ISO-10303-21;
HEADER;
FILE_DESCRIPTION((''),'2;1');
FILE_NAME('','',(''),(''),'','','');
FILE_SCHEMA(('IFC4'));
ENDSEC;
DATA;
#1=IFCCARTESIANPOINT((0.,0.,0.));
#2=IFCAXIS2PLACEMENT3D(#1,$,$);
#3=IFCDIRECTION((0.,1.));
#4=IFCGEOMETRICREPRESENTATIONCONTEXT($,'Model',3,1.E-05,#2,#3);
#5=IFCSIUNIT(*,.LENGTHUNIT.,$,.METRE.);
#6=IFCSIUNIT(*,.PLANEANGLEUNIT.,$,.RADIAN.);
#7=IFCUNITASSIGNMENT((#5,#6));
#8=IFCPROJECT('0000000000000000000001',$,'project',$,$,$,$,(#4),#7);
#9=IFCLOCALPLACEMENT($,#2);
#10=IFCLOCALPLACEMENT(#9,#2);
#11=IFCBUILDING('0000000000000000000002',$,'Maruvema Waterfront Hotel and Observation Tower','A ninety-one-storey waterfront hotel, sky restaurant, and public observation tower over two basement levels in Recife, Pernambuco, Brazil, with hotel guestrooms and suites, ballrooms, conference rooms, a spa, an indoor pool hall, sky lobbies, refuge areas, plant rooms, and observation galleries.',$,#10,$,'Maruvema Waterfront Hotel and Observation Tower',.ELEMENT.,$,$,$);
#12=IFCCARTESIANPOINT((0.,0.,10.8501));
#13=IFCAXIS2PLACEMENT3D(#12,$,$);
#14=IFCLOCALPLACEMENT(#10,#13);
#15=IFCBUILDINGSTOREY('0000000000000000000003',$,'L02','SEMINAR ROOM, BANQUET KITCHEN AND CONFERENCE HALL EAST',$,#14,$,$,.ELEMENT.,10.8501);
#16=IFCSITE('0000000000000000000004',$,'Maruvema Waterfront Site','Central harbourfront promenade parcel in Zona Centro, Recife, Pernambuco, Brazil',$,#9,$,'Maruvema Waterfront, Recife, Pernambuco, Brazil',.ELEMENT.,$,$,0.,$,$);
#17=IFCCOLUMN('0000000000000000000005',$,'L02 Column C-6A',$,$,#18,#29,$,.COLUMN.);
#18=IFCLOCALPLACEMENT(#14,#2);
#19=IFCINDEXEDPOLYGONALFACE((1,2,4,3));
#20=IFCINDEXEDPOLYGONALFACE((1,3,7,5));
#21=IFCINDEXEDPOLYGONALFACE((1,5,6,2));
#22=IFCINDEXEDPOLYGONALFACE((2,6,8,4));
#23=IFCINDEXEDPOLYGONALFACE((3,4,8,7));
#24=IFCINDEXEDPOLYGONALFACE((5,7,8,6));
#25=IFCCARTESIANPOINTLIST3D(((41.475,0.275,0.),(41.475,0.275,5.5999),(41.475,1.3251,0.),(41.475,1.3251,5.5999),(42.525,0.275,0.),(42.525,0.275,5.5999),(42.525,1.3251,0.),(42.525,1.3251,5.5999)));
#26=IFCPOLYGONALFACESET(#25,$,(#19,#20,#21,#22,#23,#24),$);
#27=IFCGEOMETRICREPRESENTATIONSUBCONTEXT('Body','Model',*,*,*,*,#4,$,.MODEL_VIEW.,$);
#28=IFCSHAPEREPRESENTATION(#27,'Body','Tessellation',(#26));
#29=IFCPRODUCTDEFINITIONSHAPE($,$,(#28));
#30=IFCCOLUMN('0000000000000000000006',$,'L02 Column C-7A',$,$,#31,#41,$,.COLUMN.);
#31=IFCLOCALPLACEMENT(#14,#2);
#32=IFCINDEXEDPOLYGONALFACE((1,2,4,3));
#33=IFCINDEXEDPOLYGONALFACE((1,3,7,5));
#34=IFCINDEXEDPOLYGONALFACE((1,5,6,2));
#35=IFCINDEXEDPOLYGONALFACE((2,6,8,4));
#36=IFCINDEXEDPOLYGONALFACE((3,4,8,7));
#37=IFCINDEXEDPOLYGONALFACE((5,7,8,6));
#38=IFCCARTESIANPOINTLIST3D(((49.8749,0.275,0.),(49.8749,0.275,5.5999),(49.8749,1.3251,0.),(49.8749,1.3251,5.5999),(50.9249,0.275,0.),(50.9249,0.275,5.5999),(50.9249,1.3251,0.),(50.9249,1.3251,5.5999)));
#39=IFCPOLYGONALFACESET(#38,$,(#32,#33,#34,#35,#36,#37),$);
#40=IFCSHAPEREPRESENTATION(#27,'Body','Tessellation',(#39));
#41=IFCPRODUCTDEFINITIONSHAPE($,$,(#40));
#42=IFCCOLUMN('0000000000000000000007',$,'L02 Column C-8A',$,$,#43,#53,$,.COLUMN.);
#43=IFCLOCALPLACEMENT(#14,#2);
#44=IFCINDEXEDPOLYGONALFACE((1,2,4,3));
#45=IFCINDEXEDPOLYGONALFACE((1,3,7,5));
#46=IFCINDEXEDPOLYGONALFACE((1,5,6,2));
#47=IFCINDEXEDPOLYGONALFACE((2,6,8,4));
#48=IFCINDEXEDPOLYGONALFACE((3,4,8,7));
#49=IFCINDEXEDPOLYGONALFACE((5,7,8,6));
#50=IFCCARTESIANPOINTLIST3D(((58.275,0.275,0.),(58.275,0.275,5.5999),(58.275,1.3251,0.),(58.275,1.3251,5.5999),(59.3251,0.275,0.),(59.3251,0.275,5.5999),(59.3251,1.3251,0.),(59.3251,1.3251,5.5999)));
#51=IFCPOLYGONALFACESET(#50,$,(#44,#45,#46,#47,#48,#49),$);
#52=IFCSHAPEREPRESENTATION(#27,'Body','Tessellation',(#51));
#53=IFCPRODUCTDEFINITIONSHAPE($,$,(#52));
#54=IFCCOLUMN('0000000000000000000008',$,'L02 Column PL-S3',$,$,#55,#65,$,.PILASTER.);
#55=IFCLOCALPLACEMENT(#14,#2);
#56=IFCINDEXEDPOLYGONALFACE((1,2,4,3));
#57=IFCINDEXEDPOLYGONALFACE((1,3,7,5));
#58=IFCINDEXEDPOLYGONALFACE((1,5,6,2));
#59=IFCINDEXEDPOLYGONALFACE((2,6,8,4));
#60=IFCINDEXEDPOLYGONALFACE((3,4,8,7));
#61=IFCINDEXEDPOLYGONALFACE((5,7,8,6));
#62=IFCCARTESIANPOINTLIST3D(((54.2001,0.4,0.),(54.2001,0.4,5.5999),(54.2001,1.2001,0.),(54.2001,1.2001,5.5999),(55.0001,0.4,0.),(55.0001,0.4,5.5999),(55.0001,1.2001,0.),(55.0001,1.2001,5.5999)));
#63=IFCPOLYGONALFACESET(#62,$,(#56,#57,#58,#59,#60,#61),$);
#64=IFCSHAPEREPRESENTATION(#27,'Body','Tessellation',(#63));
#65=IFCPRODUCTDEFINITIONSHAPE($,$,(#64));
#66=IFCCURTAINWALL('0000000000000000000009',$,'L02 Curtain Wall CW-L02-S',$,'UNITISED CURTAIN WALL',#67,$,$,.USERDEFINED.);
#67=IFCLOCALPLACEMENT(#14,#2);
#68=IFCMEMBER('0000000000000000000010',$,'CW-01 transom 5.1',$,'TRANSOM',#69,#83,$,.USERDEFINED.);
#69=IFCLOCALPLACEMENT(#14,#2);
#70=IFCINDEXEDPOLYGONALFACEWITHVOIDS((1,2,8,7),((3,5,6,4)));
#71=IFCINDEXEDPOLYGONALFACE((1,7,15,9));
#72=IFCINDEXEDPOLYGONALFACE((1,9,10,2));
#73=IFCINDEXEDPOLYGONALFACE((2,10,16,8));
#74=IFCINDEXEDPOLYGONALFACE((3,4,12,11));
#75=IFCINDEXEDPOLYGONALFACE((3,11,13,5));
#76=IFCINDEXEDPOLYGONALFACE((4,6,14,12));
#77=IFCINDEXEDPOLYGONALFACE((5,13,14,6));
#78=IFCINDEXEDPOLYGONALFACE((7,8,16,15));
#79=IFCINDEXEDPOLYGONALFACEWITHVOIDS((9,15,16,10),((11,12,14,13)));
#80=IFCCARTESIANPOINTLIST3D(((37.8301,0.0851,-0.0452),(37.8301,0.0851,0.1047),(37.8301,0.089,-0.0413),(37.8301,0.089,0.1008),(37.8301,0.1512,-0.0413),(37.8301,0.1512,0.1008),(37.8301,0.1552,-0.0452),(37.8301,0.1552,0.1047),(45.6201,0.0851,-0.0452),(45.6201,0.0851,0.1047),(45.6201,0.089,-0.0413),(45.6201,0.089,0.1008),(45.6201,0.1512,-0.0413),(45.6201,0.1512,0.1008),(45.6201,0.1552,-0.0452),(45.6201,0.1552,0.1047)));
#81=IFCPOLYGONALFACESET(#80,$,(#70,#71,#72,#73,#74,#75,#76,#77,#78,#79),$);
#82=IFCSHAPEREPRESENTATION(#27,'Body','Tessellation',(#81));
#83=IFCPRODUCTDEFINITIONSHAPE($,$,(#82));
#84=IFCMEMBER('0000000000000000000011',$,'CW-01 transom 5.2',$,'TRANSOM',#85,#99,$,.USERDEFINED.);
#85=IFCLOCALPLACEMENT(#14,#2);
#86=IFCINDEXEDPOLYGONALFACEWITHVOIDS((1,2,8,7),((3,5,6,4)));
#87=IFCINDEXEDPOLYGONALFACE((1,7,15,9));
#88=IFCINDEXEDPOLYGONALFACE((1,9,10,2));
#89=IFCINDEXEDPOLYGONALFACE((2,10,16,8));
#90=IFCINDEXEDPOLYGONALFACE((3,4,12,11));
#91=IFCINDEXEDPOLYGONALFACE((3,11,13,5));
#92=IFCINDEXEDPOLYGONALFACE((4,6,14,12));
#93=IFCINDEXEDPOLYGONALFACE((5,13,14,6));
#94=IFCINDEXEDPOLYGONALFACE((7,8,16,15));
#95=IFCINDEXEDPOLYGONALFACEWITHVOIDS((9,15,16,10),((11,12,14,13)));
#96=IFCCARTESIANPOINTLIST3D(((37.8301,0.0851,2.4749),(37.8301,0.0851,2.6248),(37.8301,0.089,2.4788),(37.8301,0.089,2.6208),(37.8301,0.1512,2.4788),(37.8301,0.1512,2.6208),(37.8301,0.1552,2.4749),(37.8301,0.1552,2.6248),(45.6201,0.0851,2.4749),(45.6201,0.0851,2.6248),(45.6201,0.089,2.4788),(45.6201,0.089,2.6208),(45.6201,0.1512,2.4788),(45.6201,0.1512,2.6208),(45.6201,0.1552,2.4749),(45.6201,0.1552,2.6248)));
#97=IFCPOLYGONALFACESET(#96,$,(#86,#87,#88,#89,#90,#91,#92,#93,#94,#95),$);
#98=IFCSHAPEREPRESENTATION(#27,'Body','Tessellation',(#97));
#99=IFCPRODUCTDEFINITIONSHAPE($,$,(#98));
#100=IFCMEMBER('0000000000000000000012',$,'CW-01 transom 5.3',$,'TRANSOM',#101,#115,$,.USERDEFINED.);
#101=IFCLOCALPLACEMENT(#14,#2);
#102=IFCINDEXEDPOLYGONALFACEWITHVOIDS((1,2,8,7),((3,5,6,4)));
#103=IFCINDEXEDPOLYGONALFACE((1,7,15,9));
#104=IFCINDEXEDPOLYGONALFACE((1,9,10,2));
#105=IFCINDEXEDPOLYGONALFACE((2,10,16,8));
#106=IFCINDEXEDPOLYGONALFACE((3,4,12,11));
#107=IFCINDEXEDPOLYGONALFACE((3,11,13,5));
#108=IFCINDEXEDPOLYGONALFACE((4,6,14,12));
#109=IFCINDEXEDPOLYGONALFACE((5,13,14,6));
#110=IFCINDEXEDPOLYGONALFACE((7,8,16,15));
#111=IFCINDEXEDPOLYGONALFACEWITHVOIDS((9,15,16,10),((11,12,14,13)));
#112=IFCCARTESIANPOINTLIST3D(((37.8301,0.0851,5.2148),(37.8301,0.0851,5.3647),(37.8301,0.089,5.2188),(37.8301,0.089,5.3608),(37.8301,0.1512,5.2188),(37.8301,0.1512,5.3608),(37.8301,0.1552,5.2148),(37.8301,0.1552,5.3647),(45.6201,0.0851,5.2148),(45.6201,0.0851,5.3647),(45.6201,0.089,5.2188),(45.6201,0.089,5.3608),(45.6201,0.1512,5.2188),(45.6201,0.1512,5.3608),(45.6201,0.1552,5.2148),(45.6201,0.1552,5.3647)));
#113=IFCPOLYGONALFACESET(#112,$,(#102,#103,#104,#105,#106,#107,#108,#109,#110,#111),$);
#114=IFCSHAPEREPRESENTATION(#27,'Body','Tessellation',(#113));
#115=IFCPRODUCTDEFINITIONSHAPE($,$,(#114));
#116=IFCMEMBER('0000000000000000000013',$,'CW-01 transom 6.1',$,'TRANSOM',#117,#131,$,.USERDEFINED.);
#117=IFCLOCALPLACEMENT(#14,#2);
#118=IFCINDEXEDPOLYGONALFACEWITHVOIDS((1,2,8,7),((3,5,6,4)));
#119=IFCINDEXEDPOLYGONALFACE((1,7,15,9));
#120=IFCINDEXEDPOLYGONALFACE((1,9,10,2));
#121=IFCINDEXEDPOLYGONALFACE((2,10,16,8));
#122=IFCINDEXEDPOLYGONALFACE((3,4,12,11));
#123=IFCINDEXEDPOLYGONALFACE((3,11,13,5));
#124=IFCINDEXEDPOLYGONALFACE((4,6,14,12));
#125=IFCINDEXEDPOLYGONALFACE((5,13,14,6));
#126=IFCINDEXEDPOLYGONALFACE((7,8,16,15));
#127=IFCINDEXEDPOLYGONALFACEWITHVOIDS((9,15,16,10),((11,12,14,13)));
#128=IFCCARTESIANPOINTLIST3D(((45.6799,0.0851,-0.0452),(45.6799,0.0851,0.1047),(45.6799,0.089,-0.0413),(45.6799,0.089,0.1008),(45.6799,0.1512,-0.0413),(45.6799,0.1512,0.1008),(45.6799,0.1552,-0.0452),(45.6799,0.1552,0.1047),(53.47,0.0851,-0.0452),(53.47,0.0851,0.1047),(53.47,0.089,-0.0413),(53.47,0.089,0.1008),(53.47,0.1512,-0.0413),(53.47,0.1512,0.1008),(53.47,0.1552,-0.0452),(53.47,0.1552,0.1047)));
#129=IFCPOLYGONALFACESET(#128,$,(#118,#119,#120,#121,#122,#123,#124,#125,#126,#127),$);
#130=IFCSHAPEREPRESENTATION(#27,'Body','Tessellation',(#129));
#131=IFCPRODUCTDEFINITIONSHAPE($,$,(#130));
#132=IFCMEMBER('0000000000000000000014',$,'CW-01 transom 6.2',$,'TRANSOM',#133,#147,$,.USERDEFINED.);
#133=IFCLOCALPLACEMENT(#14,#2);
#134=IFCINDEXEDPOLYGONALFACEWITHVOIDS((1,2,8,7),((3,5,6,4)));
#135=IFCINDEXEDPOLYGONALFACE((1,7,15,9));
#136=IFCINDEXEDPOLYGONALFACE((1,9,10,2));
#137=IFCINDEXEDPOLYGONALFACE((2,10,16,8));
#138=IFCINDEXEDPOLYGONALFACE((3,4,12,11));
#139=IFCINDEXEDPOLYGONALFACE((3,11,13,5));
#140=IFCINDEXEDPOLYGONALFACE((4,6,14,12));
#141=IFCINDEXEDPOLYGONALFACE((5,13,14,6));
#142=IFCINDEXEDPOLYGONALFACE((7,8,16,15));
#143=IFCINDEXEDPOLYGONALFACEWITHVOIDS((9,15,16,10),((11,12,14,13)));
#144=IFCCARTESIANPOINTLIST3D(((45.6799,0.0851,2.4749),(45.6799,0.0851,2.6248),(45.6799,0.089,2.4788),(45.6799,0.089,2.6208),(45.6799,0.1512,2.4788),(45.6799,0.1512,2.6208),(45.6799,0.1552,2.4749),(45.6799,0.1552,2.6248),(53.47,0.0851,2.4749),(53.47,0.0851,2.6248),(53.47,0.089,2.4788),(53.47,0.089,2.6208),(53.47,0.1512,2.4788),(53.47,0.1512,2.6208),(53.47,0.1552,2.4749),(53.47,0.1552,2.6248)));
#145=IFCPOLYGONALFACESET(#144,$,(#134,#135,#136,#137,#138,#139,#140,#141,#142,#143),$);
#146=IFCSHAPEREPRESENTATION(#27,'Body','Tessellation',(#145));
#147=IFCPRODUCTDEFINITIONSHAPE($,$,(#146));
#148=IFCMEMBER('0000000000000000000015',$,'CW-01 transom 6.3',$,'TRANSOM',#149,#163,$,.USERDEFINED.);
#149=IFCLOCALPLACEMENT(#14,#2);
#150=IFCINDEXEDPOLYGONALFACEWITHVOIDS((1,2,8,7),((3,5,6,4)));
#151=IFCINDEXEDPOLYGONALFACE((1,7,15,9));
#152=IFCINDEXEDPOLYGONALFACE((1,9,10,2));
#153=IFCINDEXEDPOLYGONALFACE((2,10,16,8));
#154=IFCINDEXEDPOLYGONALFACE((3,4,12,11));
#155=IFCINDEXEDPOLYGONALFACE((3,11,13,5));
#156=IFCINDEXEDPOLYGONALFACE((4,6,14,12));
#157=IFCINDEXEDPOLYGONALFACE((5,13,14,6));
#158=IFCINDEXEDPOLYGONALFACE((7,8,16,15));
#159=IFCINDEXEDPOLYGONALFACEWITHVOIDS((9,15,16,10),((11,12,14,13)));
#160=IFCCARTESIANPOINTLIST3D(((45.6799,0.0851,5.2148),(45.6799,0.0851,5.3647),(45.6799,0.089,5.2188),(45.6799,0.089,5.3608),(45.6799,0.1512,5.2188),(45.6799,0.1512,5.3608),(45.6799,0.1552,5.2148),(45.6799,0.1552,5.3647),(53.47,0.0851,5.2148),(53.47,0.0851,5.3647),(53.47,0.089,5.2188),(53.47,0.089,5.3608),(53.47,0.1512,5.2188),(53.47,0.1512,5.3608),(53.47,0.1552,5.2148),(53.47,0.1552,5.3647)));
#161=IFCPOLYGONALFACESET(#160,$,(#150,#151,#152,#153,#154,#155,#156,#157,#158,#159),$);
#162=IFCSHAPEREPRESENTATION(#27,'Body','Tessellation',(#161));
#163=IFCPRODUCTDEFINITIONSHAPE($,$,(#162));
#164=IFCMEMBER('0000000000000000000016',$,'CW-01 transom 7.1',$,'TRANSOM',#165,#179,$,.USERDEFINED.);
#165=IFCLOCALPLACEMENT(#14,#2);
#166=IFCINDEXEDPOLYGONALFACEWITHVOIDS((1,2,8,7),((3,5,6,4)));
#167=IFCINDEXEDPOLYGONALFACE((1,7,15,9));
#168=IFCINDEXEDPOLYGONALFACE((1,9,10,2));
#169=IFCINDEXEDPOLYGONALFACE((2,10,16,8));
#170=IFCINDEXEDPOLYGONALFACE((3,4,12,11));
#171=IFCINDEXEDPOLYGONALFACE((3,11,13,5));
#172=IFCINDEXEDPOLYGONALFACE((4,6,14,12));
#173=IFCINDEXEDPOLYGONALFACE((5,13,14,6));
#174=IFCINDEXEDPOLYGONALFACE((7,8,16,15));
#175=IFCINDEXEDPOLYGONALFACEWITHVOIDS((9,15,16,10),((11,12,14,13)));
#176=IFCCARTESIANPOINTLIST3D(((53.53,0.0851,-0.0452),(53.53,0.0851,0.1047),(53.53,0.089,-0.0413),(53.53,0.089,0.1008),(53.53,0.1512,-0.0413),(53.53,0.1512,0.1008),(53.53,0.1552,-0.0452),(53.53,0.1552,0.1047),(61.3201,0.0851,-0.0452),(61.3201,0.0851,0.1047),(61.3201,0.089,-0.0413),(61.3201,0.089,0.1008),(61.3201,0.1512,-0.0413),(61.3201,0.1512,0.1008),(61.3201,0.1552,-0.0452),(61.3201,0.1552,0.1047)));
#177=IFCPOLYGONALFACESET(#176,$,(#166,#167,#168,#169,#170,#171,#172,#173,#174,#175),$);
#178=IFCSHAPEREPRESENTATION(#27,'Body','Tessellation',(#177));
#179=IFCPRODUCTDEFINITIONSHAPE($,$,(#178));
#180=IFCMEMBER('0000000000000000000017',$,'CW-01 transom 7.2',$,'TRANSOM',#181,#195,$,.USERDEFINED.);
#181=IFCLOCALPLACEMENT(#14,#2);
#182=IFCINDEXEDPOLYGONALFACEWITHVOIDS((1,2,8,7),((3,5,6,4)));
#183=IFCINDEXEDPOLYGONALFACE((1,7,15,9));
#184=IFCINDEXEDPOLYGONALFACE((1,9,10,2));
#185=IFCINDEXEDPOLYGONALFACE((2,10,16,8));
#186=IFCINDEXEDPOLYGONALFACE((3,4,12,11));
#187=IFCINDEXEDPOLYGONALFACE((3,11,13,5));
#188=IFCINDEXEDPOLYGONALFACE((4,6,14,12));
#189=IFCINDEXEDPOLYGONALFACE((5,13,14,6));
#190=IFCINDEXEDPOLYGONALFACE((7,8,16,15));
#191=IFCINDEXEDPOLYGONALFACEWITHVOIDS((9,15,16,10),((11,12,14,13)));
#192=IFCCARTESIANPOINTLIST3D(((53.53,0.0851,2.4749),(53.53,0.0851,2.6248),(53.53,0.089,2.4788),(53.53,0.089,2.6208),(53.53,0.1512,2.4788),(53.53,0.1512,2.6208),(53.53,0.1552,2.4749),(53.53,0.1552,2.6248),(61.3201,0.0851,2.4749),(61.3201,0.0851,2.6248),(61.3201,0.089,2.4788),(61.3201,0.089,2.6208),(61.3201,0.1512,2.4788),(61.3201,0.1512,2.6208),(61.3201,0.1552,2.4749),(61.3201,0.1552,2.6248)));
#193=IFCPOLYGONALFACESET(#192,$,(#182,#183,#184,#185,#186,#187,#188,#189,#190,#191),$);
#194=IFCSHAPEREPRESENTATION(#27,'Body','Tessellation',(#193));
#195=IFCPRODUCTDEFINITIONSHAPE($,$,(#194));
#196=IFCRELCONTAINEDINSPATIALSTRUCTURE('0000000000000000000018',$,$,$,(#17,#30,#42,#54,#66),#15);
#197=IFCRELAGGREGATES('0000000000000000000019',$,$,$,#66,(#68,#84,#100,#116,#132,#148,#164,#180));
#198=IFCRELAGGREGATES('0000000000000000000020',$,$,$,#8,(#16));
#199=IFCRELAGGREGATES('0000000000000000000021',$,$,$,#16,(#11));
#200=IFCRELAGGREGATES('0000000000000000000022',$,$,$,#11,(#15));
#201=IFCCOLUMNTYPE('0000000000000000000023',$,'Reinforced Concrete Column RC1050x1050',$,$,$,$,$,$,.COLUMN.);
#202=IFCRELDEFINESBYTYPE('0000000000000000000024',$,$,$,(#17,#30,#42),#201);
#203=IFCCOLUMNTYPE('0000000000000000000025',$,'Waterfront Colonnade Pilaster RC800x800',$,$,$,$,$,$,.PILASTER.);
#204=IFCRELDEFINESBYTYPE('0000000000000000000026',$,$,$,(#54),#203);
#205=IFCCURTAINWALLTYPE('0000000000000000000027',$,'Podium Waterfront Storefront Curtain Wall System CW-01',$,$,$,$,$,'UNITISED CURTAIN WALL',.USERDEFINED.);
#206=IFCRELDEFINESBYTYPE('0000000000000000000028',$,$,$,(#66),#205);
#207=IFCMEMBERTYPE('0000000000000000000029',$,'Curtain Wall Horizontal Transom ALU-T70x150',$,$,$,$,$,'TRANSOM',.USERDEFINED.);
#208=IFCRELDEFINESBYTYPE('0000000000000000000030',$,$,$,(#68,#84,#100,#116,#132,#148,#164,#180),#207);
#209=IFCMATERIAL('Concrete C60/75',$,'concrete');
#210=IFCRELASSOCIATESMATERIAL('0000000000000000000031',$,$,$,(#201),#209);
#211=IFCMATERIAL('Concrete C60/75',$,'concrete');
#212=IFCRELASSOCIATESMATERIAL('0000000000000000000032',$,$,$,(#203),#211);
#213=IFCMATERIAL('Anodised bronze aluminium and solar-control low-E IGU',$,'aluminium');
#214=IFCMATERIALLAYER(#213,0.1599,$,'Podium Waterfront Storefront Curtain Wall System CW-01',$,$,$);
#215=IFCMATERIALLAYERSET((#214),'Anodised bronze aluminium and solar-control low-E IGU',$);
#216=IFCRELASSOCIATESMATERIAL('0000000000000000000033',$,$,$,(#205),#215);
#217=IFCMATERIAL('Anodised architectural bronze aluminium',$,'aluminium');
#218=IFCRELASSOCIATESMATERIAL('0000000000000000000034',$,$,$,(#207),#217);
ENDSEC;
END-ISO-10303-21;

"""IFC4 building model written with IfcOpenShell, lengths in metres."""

from ifc_helpers import new_model, si_unit, direction, frame, origin, origin_2d, place, context, subcontext, project, spatial, rectangle, hollow_rectangle, extrude, material, layer, layer_set, material_profile, profile_set, type_object, element, aggregate, save


model = new_model("IFC4")

# Units and contexts
model_context = context("Model", 3, precision=1e-05, world=origin(), true_north=direction((0.0, 1.0)))
body_context = subcontext(model_context, "Body", "Model", "MODEL_VIEW")
ifc_project = project(units=[si_unit("LENGTHUNIT", "METRE"), si_unit("PLANEANGLEUNIT", "RADIAN")], contexts=[model_context])

# Site, building, storey
site_placement = place(None, origin())
site = spatial("IfcSite", under=ifc_project, at=site_placement, Name="Maruvema Waterfront Site", Description="Central harbourfront promenade parcel in Zona Centro, Recife, Pernambuco, Brazil", LongName="Maruvema Waterfront, Recife, Pernambuco, Brazil", CompositionType="ELEMENT", RefElevation=0.0)
building_placement = place(site_placement, origin())
building = spatial("IfcBuilding", under=site, at=building_placement, Name="Maruvema Waterfront Hotel and Observation Tower", Description="A ninety-one-storey waterfront hotel, sky restaurant, and public observation tower over two basement levels in Recife, Pernambuco, Brazil, with hotel guestrooms and suites, ballrooms, conference rooms, a spa, an indoor pool hall, sky lobbies, refuge areas, plant rooms, and observation galleries.", LongName="Maruvema Waterfront Hotel and Observation Tower", CompositionType="ELEMENT")
storey_placement = place(building_placement, frame((0.0, 0.0, 10.8501)))
storey = spatial("IfcBuildingStorey", under=building, at=storey_placement, Name="L02", Description="SEMINAR ROOM, BANQUET KITCHEN AND CONFERENCE HALL EAST", CompositionType="ELEMENT", Elevation=10.8501)

# Columns
ifc_material_1 = material(Name="Concrete C60/75", Category="concrete")
ifc_material_profile_1 = material_profile(ifc_material_1, rectangle(XDim=1.05, YDim=1.05, at=origin_2d()), Name="RC1050x1050")
ifc_profile_set_1 = profile_set([ifc_material_profile_1], Name="Concrete C60/75")
column_type_1 = type_object("IfcColumnType", Name="Reinforced Concrete Column RC1050x1050", PredefinedType="COLUMN", material=ifc_profile_set_1)
for number, where, z_axis, x_axis, name in (
    (1, (42.0, 0.8, 0.0), (0.0, 0.0, 1.0), (1.0, 0.0, 0.0), "L02 Column C-6A"),
    (2, (50.3999, 0.8, 0.0), (0.0, 0.0, 1.0), (1.0, 0.0, 0.0), "L02 Column C-7A"),
    (3, (58.8, 0.8, 0.0), (0.0, 0.0, 1.0), (1.0, 0.0, 0.0), "L02 Column C-8A"),
):
    element("IfcColumn", number, at=place(storey_placement, frame(where, z_axis=z_axis, x_axis=x_axis)), inside=storey, type_object=column_type_1, Name=name, PredefinedType="COLUMN", context=body_context, shape_type="SweptSolid", body=[
        extrude(rectangle(XDim=1.05, YDim=1.05, at=origin_2d()), origin(), (0.0, 0.0, 1.0), 5.5999),
    ])
ifc_material_2 = material(Name="Concrete C60/75", Category="concrete")
ifc_material_profile_2 = material_profile(ifc_material_2, rectangle(XDim=0.8, YDim=0.8, at=origin_2d()), Name="RC800x800")
ifc_profile_set_2 = profile_set([ifc_material_profile_2], Name="Concrete C60/75")
column_type_2 = type_object("IfcColumnType", Name="Waterfront Colonnade Pilaster RC800x800", PredefinedType="PILASTER", material=ifc_profile_set_2)
column_placement = place(storey_placement, frame((54.6001, 0.8, 0.0), z_axis=(0.0, 0.0, 1.0), x_axis=(1.0, 0.0, 0.0)))
element("IfcColumn", 4, at=column_placement, inside=storey, type_object=column_type_2, Name="L02 Column PL-S3", PredefinedType="PILASTER", context=body_context, shape_type="SweptSolid", body=[
    extrude(rectangle(XDim=0.8, YDim=0.8, at=origin_2d()), origin(), (0.0, 0.0, 1.0), 5.5999),
])

# Curtain wall, members
ifc_material_3 = material(Name="Anodised bronze aluminium and solar-control low-E IGU", Category="aluminium")
ifc_layer_1 = layer(ifc_material_3, 0.1599, Name="Podium Waterfront Storefront Curtain Wall System CW-01")
ifc_layer_set_1 = layer_set([ifc_layer_1], Name="Anodised bronze aluminium and solar-control low-E IGU")
curtain_wall_type = type_object("IfcCurtainWallType", Name="Podium Waterfront Storefront Curtain Wall System CW-01", ElementType="UNITISED CURTAIN WALL", PredefinedType="USERDEFINED", material=ifc_layer_set_1)
curtain_wall_placement = place(storey_placement, origin())
curtain_wall = element("IfcCurtainWall", 5, at=curtain_wall_placement, inside=storey, type_object=curtain_wall_type, Name="L02 Curtain Wall CW-L02-S", ObjectType="UNITISED CURTAIN WALL", PredefinedType="USERDEFINED")
ifc_material_4 = material(Name="Anodised architectural bronze aluminium", Category="aluminium")
ifc_material_profile_3 = material_profile(ifc_material_4, hollow_rectangle(XDim=0.0701, YDim=0.1499, WallThickness=0.0039, at=origin_2d()), Name="ALU-T70x150")
ifc_profile_set_3 = profile_set([ifc_material_profile_3], Name="Anodised architectural bronze aluminium")
member_type_1 = type_object("IfcMemberType", Name="Curtain Wall Horizontal Transom ALU-T70x150", ElementType="TRANSOM", PredefinedType="USERDEFINED", material=ifc_profile_set_3)
member_1_placement = place(storey_placement, frame((37.8301, 0.1201, 0.0298), z_axis=(1.0, 0.0, 0.0), x_axis=(0.0, 1.0, 0.0)))
member_1 = element("IfcMember", 6, at=member_1_placement, type_object=member_type_1, Name="CW-01 transom 5.1", ObjectType="TRANSOM", PredefinedType="USERDEFINED", context=body_context, shape_type="SweptSolid", body=[
    extrude(hollow_rectangle(XDim=0.0701, YDim=0.1499, WallThickness=0.0039, at=origin_2d()), origin(), (0.0, 0.0, 1.0), 7.79),
])
member_2_placement = place(storey_placement, frame((37.8301, 0.1201, 2.5498), z_axis=(1.0, 0.0, 0.0), x_axis=(0.0, 1.0, 0.0)))
member_2 = element("IfcMember", 7, at=member_2_placement, type_object=member_type_1, Name="CW-01 transom 5.2", ObjectType="TRANSOM", PredefinedType="USERDEFINED", context=body_context, shape_type="SweptSolid", body=[
    extrude(hollow_rectangle(XDim=0.0701, YDim=0.1499, WallThickness=0.0039, at=origin_2d()), origin(), (0.0, 0.0, 1.0), 7.79),
])
member_3_placement = place(storey_placement, frame((37.8301, 0.1201, 5.2898), z_axis=(1.0, 0.0, 0.0), x_axis=(0.0, 1.0, 0.0)))
member_3 = element("IfcMember", 8, at=member_3_placement, type_object=member_type_1, Name="CW-01 transom 5.3", ObjectType="TRANSOM", PredefinedType="USERDEFINED", context=body_context, shape_type="SweptSolid", body=[
    extrude(hollow_rectangle(XDim=0.0701, YDim=0.1499, WallThickness=0.0039, at=origin_2d()), origin(), (0.0, 0.0, 1.0), 7.79),
])
member_4_placement = place(storey_placement, frame((45.6799, 0.1201, 0.0298), z_axis=(1.0, 0.0, 0.0), x_axis=(0.0, 1.0, 0.0)))
member_4 = element("IfcMember", 9, at=member_4_placement, type_object=member_type_1, Name="CW-01 transom 6.1", ObjectType="TRANSOM", PredefinedType="USERDEFINED", context=body_context, shape_type="SweptSolid", body=[
    extrude(hollow_rectangle(XDim=0.0701, YDim=0.1499, WallThickness=0.0039, at=origin_2d()), origin(), (0.0, 0.0, 1.0), 7.79),
])
member_5_placement = place(storey_placement, frame((45.6799, 0.1201, 2.5498), z_axis=(1.0, 0.0, 0.0), x_axis=(0.0, 1.0, 0.0)))
member_5 = element("IfcMember", 10, at=member_5_placement, type_object=member_type_1, Name="CW-01 transom 6.2", ObjectType="TRANSOM", PredefinedType="USERDEFINED", context=body_context, shape_type="SweptSolid", body=[
    extrude(hollow_rectangle(XDim=0.0701, YDim=0.1499, WallThickness=0.0039, at=origin_2d()), origin(), (0.0, 0.0, 1.0), 7.79),
])
member_6_placement = place(storey_placement, frame((45.6799, 0.1201, 5.2898), z_axis=(1.0, 0.0, 0.0), x_axis=(0.0, 1.0, 0.0)))
member_6 = element("IfcMember", 11, at=member_6_placement, type_object=member_type_1, Name="CW-01 transom 6.3", ObjectType="TRANSOM", PredefinedType="USERDEFINED", context=body_context, shape_type="SweptSolid", body=[
    extrude(hollow_rectangle(XDim=0.0701, YDim=0.1499, WallThickness=0.0039, at=origin_2d()), origin(), (0.0, 0.0, 1.0), 7.79),
])
member_7_placement = place(storey_placement, frame((53.53, 0.1201, 0.0298), z_axis=(1.0, 0.0, 0.0), x_axis=(0.0, 1.0, 0.0)))
member_7 = element("IfcMember", 12, at=member_7_placement, type_object=member_type_1, Name="CW-01 transom 7.1", ObjectType="TRANSOM", PredefinedType="USERDEFINED", context=body_context, shape_type="SweptSolid", body=[
    extrude(hollow_rectangle(XDim=0.0701, YDim=0.1499, WallThickness=0.0039, at=origin_2d()), origin(), (0.0, 0.0, 1.0), 7.79),
])
member_8_placement = place(storey_placement, frame((53.53, 0.1201, 2.5498), z_axis=(1.0, 0.0, 0.0), x_axis=(0.0, 1.0, 0.0)))
member_8 = element("IfcMember", 13, at=member_8_placement, type_object=member_type_1, Name="CW-01 transom 7.2", ObjectType="TRANSOM", PredefinedType="USERDEFINED", context=body_context, shape_type="SweptSolid", body=[
    extrude(hollow_rectangle(XDim=0.0701, YDim=0.1499, WallThickness=0.0039, at=origin_2d()), origin(), (0.0, 0.0, 1.0), 7.79),
])

aggregate(curtain_wall, [member_1, member_2, member_3, member_4, member_5, member_6, member_7, member_8])

save(model, "model.ifc")
